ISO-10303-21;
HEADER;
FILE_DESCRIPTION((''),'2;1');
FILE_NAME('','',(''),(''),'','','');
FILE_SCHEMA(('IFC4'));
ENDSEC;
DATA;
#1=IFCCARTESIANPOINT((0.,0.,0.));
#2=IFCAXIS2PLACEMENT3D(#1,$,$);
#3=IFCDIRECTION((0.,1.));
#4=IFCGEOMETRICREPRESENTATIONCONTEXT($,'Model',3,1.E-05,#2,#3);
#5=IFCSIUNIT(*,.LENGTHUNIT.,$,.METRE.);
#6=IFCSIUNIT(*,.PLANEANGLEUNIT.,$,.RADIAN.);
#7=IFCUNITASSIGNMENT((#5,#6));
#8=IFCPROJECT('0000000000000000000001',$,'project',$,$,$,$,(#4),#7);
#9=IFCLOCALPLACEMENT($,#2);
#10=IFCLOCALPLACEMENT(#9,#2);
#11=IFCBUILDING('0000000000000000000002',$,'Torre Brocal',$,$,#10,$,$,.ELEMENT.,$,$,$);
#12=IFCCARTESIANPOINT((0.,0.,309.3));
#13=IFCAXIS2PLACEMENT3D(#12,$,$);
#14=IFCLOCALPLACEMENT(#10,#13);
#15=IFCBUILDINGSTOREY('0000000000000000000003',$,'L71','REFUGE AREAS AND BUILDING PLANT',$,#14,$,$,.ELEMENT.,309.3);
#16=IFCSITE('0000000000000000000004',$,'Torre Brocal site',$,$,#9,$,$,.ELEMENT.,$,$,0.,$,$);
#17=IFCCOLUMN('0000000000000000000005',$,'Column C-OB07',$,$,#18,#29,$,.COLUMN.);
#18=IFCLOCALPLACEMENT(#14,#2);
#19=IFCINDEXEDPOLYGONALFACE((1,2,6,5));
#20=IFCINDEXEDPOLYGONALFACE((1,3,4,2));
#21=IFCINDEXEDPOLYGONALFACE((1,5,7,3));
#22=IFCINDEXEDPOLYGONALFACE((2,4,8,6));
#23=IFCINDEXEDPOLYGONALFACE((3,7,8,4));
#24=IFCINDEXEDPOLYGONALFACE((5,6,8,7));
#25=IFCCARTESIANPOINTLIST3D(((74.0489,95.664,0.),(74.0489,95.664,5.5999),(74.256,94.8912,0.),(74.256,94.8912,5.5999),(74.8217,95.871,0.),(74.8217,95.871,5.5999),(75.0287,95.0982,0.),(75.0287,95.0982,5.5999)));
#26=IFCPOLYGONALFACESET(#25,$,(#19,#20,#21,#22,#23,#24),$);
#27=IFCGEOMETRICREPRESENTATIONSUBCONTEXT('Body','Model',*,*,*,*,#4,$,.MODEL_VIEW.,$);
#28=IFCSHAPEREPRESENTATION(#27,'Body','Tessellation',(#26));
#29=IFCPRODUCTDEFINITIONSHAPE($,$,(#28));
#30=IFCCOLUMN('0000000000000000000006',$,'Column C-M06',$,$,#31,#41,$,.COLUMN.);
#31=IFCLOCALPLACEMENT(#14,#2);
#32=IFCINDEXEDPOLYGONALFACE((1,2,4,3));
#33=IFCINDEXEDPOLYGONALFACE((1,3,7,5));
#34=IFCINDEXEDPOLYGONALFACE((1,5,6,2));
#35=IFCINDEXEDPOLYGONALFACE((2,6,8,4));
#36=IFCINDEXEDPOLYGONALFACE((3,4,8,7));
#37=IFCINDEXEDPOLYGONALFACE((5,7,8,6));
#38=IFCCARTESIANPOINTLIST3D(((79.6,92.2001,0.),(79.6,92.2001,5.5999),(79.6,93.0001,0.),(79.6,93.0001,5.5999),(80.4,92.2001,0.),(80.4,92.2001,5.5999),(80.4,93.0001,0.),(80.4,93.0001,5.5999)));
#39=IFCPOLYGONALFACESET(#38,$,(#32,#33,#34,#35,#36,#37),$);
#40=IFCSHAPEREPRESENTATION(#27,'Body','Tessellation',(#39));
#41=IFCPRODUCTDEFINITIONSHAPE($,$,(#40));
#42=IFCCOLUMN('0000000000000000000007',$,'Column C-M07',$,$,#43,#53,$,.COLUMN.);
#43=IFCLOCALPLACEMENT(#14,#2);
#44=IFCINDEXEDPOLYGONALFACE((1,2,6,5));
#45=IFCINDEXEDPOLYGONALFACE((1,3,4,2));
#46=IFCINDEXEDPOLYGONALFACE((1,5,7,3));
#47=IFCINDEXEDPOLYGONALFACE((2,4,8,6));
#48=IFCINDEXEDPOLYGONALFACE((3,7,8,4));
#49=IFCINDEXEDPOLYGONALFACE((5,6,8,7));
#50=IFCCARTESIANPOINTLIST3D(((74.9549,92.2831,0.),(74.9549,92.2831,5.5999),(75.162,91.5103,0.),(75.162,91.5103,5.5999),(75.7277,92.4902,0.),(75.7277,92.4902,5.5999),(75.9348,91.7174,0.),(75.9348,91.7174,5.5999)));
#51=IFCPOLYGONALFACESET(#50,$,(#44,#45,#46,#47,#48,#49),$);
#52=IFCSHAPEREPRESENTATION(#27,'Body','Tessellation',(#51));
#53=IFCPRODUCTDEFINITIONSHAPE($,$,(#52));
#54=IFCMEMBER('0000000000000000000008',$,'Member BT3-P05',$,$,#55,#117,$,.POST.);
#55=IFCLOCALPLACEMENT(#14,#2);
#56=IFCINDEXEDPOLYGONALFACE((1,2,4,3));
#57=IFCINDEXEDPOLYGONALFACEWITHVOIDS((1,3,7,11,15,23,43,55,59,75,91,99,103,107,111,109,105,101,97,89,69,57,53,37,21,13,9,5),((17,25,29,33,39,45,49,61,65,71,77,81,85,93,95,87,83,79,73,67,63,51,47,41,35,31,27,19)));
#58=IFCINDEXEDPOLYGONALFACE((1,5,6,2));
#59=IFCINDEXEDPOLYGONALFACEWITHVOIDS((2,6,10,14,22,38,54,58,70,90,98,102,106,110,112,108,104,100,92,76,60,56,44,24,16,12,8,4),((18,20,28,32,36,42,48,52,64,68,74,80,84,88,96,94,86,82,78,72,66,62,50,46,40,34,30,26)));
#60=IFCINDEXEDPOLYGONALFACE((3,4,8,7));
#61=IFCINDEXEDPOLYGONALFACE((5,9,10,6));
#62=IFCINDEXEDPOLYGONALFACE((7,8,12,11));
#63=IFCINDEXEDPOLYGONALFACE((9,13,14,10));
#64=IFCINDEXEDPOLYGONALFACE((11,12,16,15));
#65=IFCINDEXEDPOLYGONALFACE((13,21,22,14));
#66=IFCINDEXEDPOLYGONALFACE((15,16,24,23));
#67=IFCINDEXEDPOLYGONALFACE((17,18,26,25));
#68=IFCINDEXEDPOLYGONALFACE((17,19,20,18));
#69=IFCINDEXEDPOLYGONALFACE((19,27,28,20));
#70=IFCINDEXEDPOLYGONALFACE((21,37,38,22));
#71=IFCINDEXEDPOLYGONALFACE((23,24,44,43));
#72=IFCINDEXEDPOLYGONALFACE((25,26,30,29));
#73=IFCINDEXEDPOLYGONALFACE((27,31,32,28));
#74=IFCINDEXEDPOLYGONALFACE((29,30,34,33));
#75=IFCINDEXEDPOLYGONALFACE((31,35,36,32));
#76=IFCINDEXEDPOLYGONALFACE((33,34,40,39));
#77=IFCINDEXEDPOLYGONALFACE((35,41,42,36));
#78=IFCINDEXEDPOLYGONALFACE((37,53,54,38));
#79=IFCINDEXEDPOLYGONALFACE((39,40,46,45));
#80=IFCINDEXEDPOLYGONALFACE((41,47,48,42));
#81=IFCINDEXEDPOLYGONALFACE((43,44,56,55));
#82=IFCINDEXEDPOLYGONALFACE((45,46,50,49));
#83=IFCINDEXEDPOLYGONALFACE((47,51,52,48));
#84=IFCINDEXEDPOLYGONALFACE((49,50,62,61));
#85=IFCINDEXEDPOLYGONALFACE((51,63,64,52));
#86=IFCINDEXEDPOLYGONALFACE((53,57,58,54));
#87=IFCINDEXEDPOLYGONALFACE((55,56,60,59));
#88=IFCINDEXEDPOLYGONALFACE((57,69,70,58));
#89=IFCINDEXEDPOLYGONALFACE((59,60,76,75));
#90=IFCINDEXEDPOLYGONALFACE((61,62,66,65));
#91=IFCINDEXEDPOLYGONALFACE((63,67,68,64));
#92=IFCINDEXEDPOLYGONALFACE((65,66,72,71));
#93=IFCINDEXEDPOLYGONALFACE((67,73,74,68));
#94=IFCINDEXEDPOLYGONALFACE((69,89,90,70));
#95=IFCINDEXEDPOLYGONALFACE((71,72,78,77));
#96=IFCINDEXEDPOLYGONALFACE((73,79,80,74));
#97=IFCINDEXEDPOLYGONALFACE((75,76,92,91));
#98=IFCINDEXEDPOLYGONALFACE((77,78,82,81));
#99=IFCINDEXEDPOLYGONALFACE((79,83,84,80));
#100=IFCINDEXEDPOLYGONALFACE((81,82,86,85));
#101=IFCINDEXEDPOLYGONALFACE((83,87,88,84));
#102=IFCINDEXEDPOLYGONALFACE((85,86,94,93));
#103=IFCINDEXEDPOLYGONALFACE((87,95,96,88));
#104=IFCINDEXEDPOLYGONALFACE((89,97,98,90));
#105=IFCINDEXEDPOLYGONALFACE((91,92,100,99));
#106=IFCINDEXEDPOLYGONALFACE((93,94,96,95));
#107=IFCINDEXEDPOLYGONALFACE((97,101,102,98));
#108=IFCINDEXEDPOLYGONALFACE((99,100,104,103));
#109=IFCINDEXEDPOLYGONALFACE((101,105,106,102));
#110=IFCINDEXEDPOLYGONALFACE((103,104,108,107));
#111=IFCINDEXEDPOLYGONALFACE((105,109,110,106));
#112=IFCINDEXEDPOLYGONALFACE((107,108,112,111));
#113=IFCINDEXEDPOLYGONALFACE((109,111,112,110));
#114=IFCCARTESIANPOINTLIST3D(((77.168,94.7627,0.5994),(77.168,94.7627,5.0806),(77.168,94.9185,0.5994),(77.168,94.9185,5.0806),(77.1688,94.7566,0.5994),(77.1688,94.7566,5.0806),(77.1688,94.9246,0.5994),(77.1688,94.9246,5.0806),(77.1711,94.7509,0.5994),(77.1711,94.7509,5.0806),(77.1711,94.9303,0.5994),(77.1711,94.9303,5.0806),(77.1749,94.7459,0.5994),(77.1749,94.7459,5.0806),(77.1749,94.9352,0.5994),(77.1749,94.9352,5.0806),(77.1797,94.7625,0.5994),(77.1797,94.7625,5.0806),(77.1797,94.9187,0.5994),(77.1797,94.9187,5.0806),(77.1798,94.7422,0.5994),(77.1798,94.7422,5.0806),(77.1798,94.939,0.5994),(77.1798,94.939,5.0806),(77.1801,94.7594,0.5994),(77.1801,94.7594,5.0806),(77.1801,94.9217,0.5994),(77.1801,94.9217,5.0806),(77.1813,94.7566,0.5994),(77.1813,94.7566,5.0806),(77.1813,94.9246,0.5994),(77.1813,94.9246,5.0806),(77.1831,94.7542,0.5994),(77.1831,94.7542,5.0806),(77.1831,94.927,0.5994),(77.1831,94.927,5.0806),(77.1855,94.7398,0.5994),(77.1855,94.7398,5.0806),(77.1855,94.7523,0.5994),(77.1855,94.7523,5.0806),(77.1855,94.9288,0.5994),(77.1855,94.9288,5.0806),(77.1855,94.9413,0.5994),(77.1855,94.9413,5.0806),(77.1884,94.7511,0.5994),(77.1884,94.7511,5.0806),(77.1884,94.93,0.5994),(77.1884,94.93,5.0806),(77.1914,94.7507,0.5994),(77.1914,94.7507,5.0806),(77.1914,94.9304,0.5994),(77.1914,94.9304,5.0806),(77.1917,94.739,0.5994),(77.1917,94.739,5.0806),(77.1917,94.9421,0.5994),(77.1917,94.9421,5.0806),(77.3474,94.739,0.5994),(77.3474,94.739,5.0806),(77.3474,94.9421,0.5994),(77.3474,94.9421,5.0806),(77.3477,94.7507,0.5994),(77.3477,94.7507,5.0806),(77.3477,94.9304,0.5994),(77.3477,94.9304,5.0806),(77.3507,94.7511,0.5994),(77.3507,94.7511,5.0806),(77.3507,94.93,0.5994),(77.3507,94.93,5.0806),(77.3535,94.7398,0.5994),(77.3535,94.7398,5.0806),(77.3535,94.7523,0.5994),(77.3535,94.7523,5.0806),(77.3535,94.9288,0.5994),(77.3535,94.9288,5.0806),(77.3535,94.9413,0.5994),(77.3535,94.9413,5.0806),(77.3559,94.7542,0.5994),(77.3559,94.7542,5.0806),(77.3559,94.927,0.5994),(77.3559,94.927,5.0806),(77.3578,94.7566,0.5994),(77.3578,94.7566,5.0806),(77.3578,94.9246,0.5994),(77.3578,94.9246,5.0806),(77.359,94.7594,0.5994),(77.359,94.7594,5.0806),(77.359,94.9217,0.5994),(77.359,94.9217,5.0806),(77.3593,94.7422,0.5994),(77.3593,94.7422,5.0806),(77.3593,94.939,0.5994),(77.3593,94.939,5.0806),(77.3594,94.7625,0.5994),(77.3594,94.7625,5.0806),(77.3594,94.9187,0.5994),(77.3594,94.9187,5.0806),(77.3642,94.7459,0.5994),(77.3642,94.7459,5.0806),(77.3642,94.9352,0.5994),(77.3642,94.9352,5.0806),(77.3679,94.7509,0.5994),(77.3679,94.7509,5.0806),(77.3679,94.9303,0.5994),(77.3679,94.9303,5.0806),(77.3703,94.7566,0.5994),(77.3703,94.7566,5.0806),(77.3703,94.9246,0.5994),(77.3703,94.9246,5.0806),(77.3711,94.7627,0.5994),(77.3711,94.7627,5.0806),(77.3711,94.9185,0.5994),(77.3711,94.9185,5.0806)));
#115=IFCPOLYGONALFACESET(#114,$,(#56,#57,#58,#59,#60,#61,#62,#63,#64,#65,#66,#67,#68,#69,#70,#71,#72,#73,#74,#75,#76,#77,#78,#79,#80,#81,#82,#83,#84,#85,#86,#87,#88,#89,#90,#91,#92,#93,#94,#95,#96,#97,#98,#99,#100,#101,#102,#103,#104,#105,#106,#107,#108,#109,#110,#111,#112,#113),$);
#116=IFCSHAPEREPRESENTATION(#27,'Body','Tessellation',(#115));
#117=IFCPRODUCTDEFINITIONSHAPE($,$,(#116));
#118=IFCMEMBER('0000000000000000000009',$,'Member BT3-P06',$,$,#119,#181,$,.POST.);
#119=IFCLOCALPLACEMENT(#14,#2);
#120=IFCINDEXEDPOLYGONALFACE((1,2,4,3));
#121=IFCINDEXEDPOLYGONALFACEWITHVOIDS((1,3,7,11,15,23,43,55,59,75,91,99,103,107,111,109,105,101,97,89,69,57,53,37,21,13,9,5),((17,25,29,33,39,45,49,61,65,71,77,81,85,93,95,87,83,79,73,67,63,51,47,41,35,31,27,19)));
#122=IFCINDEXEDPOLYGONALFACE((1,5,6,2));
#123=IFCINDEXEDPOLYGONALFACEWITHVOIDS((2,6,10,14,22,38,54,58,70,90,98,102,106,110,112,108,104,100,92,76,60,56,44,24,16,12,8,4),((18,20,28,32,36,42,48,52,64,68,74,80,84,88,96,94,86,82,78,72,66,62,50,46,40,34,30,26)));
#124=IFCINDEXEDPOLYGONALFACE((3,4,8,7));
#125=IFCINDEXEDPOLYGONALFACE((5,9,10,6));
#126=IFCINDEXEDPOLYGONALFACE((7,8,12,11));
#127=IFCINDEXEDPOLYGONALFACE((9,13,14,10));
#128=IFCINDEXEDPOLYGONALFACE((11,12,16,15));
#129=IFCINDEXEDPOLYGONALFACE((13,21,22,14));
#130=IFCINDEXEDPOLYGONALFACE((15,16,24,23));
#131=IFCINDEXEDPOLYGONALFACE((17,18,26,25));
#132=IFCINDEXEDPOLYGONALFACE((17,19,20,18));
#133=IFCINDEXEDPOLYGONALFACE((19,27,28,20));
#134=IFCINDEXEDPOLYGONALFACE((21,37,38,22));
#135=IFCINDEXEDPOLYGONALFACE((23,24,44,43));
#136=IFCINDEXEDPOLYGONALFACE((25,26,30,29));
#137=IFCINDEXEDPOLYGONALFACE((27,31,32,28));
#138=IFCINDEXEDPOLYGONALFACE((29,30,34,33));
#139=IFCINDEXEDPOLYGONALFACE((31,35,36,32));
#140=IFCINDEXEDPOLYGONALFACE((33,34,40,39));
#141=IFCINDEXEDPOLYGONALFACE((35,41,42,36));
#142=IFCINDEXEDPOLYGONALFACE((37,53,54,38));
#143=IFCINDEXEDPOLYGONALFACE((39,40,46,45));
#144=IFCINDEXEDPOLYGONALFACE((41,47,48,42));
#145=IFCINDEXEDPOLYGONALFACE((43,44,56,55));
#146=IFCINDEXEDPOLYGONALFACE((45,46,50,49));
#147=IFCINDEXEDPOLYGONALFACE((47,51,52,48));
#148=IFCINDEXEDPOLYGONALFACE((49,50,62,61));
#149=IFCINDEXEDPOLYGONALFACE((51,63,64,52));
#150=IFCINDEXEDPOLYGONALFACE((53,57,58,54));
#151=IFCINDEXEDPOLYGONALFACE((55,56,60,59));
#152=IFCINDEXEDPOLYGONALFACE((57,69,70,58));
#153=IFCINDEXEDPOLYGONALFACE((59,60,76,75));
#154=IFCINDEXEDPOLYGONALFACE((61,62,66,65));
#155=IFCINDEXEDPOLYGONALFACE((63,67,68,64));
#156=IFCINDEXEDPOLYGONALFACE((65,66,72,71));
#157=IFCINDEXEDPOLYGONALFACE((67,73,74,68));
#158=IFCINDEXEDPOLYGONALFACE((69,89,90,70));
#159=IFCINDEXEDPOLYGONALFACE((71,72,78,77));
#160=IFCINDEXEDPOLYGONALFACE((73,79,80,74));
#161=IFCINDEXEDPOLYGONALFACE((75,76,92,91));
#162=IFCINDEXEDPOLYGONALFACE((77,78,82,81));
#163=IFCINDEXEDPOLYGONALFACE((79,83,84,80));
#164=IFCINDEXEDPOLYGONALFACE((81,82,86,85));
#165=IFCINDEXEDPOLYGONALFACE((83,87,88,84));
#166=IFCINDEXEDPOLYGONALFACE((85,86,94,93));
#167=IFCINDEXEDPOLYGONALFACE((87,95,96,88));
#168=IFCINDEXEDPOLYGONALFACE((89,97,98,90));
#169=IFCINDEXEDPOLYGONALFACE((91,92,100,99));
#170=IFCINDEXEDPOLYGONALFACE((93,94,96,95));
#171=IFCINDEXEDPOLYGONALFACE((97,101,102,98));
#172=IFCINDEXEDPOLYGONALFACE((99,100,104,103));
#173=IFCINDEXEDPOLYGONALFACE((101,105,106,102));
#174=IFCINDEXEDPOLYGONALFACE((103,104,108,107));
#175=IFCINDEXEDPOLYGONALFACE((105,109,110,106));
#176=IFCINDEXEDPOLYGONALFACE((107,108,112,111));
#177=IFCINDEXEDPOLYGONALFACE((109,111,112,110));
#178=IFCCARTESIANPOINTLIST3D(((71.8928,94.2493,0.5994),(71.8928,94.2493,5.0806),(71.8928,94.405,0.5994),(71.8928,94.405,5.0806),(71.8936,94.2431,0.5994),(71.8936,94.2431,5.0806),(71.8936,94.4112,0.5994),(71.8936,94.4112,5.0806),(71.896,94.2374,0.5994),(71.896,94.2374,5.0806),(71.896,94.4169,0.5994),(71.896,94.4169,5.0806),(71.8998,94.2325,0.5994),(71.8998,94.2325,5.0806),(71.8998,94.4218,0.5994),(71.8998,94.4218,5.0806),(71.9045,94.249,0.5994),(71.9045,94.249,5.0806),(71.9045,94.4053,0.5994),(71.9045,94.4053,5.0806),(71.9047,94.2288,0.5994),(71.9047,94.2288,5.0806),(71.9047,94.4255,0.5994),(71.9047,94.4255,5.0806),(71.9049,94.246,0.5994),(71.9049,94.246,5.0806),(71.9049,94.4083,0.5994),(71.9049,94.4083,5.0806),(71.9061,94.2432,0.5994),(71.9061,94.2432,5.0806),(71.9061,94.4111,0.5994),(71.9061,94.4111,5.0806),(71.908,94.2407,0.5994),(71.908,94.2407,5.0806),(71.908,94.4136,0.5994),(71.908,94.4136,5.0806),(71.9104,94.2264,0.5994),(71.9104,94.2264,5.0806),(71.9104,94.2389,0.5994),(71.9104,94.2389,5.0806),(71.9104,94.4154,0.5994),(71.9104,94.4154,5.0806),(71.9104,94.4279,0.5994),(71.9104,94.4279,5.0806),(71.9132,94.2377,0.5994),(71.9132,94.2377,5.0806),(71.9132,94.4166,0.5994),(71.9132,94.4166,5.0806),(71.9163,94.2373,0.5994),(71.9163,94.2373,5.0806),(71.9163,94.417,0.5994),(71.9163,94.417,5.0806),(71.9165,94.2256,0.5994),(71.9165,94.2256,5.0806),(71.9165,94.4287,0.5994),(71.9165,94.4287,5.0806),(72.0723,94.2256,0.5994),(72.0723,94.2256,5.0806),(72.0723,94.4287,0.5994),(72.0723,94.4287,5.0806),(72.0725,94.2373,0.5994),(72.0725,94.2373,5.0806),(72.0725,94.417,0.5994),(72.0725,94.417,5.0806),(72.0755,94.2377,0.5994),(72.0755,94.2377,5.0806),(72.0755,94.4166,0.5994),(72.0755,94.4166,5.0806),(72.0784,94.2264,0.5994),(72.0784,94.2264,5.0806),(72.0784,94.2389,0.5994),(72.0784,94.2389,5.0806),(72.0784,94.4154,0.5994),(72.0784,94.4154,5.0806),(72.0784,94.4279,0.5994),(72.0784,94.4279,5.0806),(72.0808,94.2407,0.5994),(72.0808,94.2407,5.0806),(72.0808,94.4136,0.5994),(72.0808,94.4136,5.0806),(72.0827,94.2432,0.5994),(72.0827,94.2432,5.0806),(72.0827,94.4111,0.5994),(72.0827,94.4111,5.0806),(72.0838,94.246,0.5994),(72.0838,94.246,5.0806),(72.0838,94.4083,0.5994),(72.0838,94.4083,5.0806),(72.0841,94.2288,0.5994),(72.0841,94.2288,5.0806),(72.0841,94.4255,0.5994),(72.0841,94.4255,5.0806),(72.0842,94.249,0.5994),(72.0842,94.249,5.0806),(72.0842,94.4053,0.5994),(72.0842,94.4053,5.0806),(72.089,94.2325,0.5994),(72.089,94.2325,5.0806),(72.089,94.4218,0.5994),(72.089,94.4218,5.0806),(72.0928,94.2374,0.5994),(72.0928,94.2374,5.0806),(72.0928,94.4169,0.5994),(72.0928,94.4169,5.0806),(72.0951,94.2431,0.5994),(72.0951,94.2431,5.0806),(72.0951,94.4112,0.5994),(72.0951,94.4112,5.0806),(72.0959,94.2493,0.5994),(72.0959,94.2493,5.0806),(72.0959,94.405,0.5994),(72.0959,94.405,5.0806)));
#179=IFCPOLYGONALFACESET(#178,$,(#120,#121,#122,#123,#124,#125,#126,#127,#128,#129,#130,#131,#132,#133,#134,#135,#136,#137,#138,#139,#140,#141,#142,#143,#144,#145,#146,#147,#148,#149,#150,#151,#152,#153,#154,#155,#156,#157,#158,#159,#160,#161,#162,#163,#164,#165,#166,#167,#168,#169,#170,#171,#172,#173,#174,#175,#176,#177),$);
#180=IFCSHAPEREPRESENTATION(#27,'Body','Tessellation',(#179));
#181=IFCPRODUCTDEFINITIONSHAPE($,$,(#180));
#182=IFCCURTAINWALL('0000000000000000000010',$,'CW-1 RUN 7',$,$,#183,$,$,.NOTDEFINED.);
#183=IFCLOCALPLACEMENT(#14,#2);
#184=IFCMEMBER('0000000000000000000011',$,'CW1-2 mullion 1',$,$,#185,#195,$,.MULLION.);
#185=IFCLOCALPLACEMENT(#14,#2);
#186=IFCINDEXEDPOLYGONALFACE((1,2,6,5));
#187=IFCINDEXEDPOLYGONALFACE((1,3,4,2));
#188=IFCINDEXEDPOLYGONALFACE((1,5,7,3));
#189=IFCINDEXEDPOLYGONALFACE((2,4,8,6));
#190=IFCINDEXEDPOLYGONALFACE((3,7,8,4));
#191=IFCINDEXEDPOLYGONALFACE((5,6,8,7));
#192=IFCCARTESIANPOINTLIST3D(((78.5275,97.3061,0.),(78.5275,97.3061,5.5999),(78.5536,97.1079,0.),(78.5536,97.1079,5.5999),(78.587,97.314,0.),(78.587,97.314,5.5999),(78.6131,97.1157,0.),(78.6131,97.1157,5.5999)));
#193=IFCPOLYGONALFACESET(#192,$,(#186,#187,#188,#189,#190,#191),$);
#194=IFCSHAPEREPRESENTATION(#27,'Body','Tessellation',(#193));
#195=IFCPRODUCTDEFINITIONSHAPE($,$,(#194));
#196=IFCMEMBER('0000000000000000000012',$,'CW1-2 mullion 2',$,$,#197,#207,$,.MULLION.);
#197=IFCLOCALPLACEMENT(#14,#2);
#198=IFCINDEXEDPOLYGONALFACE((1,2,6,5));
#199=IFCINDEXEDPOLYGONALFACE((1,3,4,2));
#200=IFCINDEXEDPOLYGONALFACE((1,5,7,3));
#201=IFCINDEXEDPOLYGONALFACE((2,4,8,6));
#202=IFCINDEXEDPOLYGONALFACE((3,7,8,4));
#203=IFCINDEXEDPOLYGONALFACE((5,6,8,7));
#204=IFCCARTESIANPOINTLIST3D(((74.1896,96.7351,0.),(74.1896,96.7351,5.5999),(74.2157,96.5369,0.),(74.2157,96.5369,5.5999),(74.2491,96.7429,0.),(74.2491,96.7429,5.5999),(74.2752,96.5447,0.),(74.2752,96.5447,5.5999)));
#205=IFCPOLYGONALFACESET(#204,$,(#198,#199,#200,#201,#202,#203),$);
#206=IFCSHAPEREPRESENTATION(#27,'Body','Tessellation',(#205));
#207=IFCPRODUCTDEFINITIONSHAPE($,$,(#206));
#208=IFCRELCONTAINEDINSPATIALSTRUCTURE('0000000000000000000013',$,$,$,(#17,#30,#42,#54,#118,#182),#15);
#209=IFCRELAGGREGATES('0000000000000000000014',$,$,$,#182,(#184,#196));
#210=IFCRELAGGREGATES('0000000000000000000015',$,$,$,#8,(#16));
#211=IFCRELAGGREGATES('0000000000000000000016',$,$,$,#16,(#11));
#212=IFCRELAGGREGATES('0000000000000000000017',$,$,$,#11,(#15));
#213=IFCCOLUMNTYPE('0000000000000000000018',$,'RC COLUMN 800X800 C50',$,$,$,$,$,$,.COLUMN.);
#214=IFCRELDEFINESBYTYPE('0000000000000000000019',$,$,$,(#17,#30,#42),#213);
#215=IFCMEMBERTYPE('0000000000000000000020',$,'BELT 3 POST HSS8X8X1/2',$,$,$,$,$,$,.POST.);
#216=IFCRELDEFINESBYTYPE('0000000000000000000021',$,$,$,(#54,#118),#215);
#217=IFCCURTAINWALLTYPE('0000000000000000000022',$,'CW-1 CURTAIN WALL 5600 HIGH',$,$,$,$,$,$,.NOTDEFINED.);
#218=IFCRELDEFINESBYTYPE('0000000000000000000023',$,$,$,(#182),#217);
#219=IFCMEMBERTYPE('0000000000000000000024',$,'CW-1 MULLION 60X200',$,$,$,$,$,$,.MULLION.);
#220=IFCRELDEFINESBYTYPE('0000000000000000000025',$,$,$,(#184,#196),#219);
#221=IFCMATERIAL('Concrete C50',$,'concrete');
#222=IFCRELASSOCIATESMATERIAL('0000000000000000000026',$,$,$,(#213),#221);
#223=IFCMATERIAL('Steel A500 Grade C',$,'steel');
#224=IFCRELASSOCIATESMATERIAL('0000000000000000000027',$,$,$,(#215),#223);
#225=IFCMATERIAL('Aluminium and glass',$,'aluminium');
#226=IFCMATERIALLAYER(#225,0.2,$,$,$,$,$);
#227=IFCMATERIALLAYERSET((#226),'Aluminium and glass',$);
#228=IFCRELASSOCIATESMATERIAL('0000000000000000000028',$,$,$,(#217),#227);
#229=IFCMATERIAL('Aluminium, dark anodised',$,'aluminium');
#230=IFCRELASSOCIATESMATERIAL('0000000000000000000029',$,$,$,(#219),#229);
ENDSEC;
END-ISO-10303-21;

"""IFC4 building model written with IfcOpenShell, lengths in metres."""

from ifc_helpers import new_model, si_unit, direction, frame, origin, origin_2d, place, context, subcontext, project, spatial, rectangle, hollow_rectangle, extrude, material, layer, layer_set, material_profile, profile_set, type_object, element, aggregate, save


model = new_model("IFC4")

# Units and contexts
model_context = context("Model", 3, precision=1e-05, world=origin(), true_north=direction((0.0, 1.0)))
body_context = subcontext(model_context, "Body", "Model", "MODEL_VIEW")
ifc_project = project(units=[si_unit("LENGTHUNIT", "METRE"), si_unit("PLANEANGLEUNIT", "RADIAN")], contexts=[model_context])

# Site, building, storey
site_placement = place(None, origin())
site = spatial("IfcSite", under=ifc_project, at=site_placement, Name="Torre Brocal site", CompositionType="ELEMENT", RefElevation=0.0)
building_placement = place(site_placement, origin())
building = spatial("IfcBuilding", under=site, at=building_placement, Name="Torre Brocal", CompositionType="ELEMENT")
storey_placement = place(building_placement, frame((0.0, 0.0, 309.3)))
storey = spatial("IfcBuildingStorey", under=building, at=storey_placement, Name="L71", Description="REFUGE AREAS AND BUILDING PLANT", CompositionType="ELEMENT", Elevation=309.3)

# Columns
ifc_material_1 = material(Name="Concrete C50", Category="concrete")
ifc_material_profile_1 = material_profile(ifc_material_1, rectangle(XDim=0.8, YDim=0.8, at=origin_2d()), Name="RC 800X800")
ifc_profile_set_1 = profile_set([ifc_material_profile_1], Name="Concrete C50")
column_type = type_object("IfcColumnType", Name="RC COLUMN 800X800 C50", PredefinedType="COLUMN", material=ifc_profile_set_1)
for number, where, z_axis, x_axis, name in (
    (1, (74.5388, 95.3811, 0.0), (0.0, 0.0, 1.0), (-0.258819, 0.965926, 0.0), "Column C-OB07"),
    (2, (80.0, 92.6001, 0.0), (0.0, 0.0, 1.0), (0.0, 1.0, 0.0), "Column C-M06"),
    (3, (75.4448, 92.0002, 0.0), (0.0, 0.0, 1.0), (-0.258819, 0.965926, 0.0), "Column C-M07"),
):
    element("IfcColumn", number, at=place(storey_placement, frame(where, z_axis=z_axis, x_axis=x_axis)), inside=storey, type_object=column_type, Name=name, PredefinedType="COLUMN", context=body_context, shape_type="SweptSolid", body=[
        extrude(rectangle(XDim=0.8, YDim=0.8, at=origin_2d()), origin(), (0.0, 0.0, 1.0), 5.5999),
    ])

# Members
ifc_material_2 = material(Name="Steel A500 Grade C", Category="steel")
ifc_material_profile_2 = material_profile(ifc_material_2, hollow_rectangle(XDim=0.2031, YDim=0.2031, WallThickness=0.0117, InnerFilletRadius=0.0117, OuterFilletRadius=0.0237, at=origin_2d()), Name="HSS8X8X1/2")
ifc_profile_set_2 = profile_set([ifc_material_profile_2], Name="Steel A500 Grade C")
member_type_1 = type_object("IfcMemberType", Name="BELT 3 POST HSS8X8X1/2", PredefinedType="POST", material=ifc_profile_set_2)
for number, where, z_axis, x_axis, name in (
    (4, (77.2695, 94.8406, 0.5994), (0.0, 0.0, 1.0), (1.0, 0.0, 0.0), "Member BT3-P05"),
    (5, (71.9944, 94.3271, 0.5994), (0.0, 0.0, 1.0), (1.0, 0.0, 0.0), "Member BT3-P06"),
):
    element("IfcMember", number, at=place(storey_placement, frame(where, z_axis=z_axis, x_axis=x_axis)), inside=storey, type_object=member_type_1, Name=name, PredefinedType="POST", context=body_context, shape_type="SweptSolid", body=[
        extrude(hollow_rectangle(XDim=0.2031, YDim=0.2031, WallThickness=0.0117, InnerFilletRadius=0.0117, OuterFilletRadius=0.0237, at=origin_2d()), origin(), (0.0, 0.0, 1.0), 4.4812),
    ])

# Curtain wall, members
ifc_material_3 = material(Name="Aluminium and glass", Category="aluminium")
ifc_layer_1 = layer(ifc_material_3, 0.2)
ifc_layer_set_1 = layer_set([ifc_layer_1], Name="Aluminium and glass")
curtain_wall_type = type_object("IfcCurtainWallType", Name="CW-1 CURTAIN WALL 5600 HIGH", PredefinedType="NOTDEFINED", material=ifc_layer_set_1)
curtain_wall_1_placement = place(storey_placement, origin())
curtain_wall_1 = element("IfcCurtainWall", 6, at=curtain_wall_1_placement, inside=storey, type_object=curtain_wall_type, Name="CW-1 RUN 7", PredefinedType="NOTDEFINED")
ifc_material_4 = material(Name="Aluminium, dark anodised", Category="aluminium")
ifc_material_profile_3 = material_profile(ifc_material_4, rectangle(XDim=0.2, YDim=0.0601, at=origin_2d()), Name="CW-1 MULLION 60X200")
ifc_profile_set_3 = profile_set([ifc_material_profile_3], Name="Aluminium, dark anodised")
member_type_2 = type_object("IfcMemberType", Name="CW-1 MULLION 60X200", PredefinedType="MULLION", material=ifc_profile_set_3)
member_1_placement = place(storey_placement, frame((78.5703, 97.2109, 0.0), z_axis=(0.0, 0.0, 1.0), x_axis=(0.130526, -0.991445, 0.0)))
member_1 = element("IfcMember", 7, at=member_1_placement, type_object=member_type_2, Name="CW1-2 mullion 1", PredefinedType="MULLION", context=body_context, shape_type="SweptSolid", body=[
    extrude(rectangle(XDim=0.2, YDim=0.0601, at=origin_2d()), origin(), (0.0, 0.0, 1.0), 5.5999),
])
member_2_placement = place(storey_placement, frame((74.2324, 96.6399, 0.0), z_axis=(0.0, 0.0, 1.0), x_axis=(0.130526, -0.991445, 0.0)))
member_2 = element("IfcMember", 8, at=member_2_placement, type_object=member_type_2, Name="CW1-2 mullion 2", PredefinedType="MULLION", context=body_context, shape_type="SweptSolid", body=[
    extrude(rectangle(XDim=0.2, YDim=0.0601, at=origin_2d()), origin(), (0.0, 0.0, 1.0), 5.5999),
])

aggregate(curtain_wall_1, [member_1, member_2])

save(model, "model.ifc")
